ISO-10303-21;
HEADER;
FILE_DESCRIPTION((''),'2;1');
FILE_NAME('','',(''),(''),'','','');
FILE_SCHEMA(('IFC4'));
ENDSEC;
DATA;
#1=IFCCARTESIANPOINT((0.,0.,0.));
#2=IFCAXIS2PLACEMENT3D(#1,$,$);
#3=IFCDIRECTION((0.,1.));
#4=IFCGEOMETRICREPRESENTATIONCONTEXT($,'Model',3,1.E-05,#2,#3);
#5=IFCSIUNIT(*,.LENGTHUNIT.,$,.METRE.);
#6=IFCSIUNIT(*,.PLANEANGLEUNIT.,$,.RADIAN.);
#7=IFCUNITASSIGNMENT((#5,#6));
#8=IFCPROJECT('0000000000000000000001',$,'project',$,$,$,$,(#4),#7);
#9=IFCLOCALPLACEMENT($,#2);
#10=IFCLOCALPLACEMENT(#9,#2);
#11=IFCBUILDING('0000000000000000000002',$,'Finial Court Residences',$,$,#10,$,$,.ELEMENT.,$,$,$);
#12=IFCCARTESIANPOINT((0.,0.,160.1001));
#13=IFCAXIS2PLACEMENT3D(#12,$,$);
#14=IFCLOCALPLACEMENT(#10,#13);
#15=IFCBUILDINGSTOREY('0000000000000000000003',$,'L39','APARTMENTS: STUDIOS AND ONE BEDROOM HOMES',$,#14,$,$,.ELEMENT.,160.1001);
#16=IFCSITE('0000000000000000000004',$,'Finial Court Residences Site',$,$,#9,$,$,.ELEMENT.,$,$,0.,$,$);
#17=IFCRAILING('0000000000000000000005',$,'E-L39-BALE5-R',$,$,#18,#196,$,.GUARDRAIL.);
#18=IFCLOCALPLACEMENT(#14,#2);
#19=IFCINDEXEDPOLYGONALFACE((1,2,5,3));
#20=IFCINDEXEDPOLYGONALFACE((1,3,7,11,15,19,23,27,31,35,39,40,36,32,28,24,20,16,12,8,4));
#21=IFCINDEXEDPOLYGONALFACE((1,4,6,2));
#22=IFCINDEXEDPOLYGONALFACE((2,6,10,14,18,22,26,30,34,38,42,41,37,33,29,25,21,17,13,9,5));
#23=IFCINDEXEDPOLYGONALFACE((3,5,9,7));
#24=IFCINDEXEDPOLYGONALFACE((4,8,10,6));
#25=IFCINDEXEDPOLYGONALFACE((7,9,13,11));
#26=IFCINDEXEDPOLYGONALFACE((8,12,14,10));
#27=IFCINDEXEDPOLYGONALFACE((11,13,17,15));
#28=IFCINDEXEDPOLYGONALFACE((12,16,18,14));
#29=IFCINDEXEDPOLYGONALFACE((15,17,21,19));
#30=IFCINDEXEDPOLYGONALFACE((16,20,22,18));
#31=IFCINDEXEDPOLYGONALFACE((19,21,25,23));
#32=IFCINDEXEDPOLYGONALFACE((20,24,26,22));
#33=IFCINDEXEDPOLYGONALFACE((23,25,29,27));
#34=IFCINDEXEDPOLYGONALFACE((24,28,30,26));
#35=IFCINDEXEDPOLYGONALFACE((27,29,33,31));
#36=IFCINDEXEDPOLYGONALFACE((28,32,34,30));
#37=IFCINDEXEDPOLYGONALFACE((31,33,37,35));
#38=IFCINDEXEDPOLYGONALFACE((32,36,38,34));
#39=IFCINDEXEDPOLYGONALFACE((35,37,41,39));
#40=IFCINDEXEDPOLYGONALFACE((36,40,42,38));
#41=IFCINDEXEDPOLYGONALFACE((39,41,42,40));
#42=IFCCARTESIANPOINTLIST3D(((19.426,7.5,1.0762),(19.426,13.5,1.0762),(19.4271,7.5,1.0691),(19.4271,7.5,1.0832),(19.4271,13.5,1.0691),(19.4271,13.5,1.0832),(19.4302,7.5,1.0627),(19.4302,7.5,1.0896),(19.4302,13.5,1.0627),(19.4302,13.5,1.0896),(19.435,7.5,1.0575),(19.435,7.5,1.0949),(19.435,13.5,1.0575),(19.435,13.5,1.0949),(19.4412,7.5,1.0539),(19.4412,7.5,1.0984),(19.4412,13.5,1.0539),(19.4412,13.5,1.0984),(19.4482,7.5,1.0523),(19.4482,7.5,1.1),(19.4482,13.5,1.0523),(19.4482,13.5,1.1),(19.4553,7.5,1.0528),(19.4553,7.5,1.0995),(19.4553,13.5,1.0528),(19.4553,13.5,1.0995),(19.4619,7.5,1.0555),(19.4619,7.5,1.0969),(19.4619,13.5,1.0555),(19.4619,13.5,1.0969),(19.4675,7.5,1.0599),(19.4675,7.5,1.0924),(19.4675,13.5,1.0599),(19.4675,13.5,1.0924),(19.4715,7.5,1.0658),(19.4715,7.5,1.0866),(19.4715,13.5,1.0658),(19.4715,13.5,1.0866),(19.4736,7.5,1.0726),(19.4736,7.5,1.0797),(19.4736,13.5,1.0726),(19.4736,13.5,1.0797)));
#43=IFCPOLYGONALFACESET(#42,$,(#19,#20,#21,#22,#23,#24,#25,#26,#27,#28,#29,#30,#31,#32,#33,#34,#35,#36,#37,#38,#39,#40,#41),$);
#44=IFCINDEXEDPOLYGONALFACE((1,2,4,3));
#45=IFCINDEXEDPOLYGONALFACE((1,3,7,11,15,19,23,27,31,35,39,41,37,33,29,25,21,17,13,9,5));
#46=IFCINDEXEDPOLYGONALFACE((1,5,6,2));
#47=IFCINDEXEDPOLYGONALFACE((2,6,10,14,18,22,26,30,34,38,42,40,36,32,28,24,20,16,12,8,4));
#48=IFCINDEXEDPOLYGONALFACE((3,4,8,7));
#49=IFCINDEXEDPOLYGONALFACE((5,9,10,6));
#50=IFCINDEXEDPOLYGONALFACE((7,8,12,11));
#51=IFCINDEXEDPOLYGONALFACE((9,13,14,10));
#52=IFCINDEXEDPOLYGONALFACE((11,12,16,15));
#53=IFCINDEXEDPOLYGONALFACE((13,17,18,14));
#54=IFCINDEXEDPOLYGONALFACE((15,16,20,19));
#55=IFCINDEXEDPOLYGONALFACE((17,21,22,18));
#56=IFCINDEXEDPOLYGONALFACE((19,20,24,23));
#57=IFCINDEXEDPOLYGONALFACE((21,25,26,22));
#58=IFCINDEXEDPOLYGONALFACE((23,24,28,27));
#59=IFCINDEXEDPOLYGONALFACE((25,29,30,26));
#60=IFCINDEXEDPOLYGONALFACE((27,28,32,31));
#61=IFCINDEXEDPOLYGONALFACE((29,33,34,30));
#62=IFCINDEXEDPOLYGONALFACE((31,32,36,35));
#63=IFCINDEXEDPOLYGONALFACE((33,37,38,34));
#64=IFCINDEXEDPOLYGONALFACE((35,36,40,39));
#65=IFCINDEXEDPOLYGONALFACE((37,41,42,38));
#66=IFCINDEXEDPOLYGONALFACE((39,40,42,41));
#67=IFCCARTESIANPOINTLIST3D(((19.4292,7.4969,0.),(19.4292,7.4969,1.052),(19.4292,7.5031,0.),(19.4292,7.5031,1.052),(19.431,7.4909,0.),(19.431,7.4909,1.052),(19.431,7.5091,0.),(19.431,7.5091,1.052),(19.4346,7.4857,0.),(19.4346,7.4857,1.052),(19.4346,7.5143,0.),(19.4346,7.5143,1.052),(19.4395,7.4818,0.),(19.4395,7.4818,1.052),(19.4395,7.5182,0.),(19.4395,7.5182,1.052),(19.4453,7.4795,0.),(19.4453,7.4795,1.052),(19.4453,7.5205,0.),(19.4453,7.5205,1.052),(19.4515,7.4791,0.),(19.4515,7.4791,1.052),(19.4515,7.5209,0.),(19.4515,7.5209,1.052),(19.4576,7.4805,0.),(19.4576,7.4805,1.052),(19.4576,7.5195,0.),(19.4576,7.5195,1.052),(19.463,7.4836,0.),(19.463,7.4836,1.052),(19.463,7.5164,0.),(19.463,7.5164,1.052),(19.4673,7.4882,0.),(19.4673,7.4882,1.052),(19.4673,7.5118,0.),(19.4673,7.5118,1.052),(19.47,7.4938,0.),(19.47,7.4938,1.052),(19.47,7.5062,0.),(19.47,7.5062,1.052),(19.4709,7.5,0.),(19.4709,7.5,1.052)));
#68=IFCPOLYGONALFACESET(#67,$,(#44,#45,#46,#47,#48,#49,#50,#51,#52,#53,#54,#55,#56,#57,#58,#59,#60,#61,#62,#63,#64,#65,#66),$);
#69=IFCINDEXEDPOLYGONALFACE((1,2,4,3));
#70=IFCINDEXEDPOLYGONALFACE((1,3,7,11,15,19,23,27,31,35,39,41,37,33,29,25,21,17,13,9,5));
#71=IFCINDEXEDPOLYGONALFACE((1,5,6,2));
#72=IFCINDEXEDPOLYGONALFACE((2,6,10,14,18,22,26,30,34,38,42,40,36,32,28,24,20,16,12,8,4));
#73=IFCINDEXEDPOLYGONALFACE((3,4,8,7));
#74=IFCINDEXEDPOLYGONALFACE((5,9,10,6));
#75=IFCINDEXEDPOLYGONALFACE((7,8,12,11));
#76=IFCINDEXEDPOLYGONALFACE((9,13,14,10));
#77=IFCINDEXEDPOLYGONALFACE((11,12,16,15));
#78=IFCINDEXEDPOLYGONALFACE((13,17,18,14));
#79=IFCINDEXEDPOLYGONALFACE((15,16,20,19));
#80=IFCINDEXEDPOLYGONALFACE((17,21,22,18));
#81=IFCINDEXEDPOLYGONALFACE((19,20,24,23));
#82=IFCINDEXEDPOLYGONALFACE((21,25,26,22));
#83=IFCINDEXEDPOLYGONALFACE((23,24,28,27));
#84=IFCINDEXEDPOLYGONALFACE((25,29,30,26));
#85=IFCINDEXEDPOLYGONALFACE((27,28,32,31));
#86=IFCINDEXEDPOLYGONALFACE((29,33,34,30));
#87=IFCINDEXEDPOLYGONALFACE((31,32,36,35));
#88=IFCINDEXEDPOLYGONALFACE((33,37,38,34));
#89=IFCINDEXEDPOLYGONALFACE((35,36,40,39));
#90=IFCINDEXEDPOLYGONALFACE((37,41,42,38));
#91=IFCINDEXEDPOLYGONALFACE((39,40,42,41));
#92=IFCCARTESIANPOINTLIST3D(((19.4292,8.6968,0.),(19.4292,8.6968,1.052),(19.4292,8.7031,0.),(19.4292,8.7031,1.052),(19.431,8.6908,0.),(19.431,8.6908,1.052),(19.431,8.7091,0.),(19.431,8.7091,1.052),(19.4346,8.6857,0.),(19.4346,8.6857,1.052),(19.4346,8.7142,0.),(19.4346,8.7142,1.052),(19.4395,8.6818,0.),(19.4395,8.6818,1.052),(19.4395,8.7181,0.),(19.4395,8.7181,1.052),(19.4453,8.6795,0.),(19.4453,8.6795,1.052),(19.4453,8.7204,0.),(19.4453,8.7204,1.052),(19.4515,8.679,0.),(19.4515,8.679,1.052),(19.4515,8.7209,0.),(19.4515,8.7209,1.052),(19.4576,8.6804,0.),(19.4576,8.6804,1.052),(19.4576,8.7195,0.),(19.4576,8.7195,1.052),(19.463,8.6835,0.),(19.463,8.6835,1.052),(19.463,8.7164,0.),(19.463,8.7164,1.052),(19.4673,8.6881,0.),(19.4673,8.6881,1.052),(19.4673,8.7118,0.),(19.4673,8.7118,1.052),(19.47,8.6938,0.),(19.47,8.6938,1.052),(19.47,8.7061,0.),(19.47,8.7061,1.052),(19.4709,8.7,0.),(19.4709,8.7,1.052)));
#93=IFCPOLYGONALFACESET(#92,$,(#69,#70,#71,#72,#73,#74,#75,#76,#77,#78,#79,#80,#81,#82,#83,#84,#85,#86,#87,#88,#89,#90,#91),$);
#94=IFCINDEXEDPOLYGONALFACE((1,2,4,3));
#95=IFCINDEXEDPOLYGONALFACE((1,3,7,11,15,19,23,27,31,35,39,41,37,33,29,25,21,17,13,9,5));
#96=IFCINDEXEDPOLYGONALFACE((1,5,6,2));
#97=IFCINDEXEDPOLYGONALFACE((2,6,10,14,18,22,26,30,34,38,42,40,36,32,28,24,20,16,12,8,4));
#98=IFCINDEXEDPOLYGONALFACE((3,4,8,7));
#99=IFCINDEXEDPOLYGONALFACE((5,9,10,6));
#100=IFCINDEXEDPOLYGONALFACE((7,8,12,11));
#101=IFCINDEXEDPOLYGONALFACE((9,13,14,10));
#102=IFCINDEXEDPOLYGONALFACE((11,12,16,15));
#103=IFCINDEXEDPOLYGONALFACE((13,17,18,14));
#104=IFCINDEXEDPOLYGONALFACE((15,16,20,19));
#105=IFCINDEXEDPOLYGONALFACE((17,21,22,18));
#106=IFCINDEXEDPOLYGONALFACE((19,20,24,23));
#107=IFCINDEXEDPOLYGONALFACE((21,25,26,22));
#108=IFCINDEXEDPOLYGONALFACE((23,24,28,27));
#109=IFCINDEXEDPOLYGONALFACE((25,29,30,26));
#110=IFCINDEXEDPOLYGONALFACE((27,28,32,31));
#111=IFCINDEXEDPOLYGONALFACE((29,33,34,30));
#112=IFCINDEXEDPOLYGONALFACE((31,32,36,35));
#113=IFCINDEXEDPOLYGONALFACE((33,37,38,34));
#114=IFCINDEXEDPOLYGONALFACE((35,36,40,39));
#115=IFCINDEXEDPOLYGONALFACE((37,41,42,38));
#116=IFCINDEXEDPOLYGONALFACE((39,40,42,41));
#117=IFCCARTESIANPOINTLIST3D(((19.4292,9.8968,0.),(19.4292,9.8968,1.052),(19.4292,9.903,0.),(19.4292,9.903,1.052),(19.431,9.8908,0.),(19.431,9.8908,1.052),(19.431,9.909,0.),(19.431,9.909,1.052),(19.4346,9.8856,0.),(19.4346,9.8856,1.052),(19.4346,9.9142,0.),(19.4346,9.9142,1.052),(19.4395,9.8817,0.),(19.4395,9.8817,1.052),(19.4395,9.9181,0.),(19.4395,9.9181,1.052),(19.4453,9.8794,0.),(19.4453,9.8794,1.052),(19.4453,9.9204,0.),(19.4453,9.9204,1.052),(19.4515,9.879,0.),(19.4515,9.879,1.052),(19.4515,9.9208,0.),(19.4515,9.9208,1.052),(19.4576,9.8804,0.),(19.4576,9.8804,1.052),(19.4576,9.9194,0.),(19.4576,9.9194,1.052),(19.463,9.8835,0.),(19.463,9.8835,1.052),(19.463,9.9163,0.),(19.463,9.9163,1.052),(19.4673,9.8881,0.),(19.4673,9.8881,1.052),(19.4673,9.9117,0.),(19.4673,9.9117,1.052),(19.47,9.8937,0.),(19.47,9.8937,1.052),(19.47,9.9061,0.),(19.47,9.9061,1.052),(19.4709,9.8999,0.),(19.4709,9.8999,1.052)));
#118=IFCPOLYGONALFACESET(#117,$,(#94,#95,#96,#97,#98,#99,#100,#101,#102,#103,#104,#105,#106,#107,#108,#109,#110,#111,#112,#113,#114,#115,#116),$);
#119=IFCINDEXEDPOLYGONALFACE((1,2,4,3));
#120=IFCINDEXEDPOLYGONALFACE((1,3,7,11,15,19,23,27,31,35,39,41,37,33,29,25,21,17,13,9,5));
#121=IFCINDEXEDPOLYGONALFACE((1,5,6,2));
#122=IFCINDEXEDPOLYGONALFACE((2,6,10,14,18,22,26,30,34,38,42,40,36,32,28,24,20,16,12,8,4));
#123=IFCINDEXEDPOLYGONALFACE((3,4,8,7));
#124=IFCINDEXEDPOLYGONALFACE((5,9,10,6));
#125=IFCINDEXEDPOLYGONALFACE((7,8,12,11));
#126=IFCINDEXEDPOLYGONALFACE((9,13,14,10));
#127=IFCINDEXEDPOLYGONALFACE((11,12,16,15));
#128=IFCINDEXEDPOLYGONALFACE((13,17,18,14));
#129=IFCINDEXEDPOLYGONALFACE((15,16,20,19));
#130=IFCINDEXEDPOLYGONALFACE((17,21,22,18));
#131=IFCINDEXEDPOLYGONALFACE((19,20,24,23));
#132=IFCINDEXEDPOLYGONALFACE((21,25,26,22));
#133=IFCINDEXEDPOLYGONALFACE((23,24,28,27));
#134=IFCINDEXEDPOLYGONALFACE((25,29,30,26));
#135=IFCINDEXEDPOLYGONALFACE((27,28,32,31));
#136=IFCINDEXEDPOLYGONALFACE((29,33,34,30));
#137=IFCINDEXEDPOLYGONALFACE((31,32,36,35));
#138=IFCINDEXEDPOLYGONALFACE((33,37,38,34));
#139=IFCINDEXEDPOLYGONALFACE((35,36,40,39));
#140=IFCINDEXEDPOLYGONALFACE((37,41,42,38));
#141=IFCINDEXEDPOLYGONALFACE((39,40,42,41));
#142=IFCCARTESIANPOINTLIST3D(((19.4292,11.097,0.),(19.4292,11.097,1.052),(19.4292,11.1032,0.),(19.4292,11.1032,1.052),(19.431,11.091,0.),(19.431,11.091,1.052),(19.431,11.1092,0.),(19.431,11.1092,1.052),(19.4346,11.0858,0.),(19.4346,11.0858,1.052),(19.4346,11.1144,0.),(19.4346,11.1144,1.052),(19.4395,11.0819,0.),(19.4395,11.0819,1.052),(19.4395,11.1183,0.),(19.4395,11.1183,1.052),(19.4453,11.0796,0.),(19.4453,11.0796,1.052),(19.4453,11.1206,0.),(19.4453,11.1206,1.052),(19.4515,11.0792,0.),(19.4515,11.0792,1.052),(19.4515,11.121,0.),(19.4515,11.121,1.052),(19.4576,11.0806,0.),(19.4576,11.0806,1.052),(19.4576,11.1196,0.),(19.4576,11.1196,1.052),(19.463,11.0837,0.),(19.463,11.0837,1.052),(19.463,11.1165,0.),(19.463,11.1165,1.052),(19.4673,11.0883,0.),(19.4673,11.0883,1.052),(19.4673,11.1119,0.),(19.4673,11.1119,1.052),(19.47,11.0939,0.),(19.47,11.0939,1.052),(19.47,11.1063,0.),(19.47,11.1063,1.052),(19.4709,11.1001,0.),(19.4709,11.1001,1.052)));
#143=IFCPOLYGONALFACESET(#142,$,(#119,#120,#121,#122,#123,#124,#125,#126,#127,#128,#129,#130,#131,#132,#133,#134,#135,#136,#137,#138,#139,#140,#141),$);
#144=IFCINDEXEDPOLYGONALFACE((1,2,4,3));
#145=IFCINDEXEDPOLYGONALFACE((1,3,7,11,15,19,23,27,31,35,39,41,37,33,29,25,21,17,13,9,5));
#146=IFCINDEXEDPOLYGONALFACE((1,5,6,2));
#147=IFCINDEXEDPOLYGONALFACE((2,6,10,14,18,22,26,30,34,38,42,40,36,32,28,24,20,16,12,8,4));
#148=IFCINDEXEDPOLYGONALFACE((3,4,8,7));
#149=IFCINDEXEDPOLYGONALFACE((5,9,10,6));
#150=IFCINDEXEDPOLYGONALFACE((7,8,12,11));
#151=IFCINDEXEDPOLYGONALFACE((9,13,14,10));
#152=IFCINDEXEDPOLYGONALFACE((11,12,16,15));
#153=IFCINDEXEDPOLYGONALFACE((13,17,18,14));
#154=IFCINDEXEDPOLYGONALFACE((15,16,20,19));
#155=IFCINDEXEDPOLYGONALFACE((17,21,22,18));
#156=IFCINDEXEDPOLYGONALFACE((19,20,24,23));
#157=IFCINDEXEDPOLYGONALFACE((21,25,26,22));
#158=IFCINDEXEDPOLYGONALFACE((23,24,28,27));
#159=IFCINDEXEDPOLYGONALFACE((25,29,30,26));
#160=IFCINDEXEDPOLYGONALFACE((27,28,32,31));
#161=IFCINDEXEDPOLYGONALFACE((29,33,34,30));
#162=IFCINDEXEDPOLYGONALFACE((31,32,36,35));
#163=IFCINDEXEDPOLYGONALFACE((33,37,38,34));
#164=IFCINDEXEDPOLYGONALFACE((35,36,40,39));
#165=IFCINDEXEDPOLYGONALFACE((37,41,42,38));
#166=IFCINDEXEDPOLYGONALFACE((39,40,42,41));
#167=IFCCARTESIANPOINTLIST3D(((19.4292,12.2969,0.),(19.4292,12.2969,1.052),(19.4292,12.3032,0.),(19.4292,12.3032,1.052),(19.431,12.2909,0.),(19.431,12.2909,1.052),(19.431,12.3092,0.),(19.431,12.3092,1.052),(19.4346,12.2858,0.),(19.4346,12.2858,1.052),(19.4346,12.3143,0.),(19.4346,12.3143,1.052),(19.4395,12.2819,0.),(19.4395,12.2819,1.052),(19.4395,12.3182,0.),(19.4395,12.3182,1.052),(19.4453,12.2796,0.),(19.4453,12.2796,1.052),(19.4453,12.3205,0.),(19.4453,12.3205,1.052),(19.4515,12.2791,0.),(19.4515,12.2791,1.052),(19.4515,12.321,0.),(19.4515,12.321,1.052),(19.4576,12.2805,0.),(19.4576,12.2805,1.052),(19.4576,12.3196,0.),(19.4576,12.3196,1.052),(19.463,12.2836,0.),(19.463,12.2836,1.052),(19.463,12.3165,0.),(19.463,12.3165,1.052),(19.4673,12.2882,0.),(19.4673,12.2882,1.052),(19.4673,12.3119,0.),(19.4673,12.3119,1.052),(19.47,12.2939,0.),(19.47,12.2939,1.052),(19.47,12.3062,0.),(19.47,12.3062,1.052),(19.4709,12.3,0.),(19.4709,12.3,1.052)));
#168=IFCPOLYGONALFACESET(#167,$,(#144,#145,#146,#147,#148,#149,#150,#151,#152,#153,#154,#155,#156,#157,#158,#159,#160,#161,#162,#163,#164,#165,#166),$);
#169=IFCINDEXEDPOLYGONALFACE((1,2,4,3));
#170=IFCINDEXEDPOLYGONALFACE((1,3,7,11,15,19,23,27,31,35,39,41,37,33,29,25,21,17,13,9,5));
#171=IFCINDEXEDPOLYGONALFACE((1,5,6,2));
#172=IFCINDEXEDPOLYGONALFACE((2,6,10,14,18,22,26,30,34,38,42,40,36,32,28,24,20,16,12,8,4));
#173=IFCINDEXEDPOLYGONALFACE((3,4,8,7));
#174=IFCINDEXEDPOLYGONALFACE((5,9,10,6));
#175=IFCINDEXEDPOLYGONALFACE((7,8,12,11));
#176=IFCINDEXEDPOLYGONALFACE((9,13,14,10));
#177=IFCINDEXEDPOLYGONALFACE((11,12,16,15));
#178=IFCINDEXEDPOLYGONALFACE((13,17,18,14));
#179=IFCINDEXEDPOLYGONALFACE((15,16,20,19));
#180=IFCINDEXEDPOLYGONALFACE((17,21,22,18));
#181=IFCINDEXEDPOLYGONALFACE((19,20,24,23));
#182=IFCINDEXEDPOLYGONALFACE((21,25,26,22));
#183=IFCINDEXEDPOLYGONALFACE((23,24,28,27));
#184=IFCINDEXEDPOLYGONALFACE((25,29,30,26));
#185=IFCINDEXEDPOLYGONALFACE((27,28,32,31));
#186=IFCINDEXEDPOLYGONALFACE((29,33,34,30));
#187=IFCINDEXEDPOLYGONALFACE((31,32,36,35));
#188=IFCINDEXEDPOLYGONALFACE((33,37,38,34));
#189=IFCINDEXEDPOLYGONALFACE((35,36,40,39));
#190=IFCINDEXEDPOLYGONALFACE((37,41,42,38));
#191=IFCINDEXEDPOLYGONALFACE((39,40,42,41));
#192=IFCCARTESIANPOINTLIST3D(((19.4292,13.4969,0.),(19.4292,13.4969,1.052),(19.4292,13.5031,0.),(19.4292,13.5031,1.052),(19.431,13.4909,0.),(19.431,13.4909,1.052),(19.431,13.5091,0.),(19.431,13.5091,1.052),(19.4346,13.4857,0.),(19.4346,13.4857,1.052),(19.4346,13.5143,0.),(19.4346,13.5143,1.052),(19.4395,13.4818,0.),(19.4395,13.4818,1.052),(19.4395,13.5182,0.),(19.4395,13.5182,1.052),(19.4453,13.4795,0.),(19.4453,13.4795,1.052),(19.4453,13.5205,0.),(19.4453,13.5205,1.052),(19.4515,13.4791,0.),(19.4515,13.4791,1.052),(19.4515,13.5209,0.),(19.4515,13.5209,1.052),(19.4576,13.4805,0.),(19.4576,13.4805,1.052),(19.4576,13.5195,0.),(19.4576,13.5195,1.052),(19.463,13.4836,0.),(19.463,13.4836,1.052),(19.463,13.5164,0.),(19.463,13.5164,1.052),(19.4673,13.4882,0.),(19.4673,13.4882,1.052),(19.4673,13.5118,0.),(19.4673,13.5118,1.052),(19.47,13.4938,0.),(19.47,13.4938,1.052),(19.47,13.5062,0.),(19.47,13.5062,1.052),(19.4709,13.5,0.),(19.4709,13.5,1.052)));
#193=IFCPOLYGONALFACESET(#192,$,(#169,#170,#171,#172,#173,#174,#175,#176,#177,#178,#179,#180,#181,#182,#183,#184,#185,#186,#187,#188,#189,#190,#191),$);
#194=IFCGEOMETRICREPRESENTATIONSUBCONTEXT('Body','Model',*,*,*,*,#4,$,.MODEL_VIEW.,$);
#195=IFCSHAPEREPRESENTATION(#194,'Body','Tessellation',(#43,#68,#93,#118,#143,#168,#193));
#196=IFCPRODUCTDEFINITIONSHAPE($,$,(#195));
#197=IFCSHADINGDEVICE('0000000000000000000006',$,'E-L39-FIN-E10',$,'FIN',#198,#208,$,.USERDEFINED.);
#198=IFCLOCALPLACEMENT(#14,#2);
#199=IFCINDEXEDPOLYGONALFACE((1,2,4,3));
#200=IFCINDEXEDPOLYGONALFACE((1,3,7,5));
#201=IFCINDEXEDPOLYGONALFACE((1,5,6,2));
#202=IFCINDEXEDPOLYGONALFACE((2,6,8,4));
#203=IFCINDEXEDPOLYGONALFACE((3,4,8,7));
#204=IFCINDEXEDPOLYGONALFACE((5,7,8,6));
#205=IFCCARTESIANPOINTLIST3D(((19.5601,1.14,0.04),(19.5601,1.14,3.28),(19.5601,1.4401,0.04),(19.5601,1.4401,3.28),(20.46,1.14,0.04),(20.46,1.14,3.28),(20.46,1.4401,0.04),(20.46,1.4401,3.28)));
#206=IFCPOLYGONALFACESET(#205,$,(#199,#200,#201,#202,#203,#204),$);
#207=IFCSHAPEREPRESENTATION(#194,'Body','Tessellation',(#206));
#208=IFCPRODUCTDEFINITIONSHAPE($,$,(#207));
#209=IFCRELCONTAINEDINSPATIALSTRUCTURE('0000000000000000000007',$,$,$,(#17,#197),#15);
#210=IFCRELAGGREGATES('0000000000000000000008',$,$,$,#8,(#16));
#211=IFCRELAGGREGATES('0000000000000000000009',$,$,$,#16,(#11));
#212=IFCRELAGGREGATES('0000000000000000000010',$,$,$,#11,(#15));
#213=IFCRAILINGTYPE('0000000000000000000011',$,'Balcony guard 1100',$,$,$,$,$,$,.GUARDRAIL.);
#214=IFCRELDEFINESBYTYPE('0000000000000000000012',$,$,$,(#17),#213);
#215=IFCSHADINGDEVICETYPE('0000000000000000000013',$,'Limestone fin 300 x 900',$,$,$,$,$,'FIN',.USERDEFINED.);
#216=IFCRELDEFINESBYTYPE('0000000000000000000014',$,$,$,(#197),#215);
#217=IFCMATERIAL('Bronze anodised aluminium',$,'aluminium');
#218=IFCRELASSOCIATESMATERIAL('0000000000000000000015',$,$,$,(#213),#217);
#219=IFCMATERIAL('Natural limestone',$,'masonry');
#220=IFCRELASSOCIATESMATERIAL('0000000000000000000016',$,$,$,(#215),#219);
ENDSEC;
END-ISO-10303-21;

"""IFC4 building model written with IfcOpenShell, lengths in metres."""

from ifc_helpers import new_model, si_unit, direction, frame, origin, origin_2d, place, context, subcontext, project, spatial, rectangle, circle, extrude, material, type_object, element, save


model = new_model("IFC4")

# Units and contexts
model_context = context("Model", 3, precision=1e-05, world=origin(), true_north=direction((0.0, 1.0)))
body_context = subcontext(model_context, "Body", "Model", "MODEL_VIEW")
ifc_project = project(units=[si_unit("LENGTHUNIT", "METRE"), si_unit("PLANEANGLEUNIT", "RADIAN")], contexts=[model_context])

# Site, building, storey
site_placement = place(None, origin())
site = spatial("IfcSite", under=ifc_project, at=site_placement, Name="Finial Court Residences Site", CompositionType="ELEMENT", RefElevation=0.0)
building_placement = place(site_placement, origin())
building = spatial("IfcBuilding", under=site, at=building_placement, Name="Finial Court Residences", CompositionType="ELEMENT")
storey_placement = place(building_placement, frame((0.0, 0.0, 160.1001)))
storey = spatial("IfcBuildingStorey", under=building, at=storey_placement, Name="L39", Description="APARTMENTS: STUDIOS AND ONE BEDROOM HOMES", CompositionType="ELEMENT", Elevation=160.1001)

# Shared definitions
ifc_material_1 = material(Name="Bronze anodised aluminium", Category="aluminium")

# Shared definitions
ifc_material_2 = material(Name="Natural limestone", Category="masonry")

# Railing
railing_type = type_object("IfcRailingType", Name="Balcony guard 1100", PredefinedType="GUARDRAIL", material=ifc_material_1)
railing_placement = place(storey_placement, frame((19.45, 7.5, 0.0)))
element("IfcRailing", 1, at=railing_placement, inside=storey, type_object=railing_type, Name="E-L39-BALE5-R", PredefinedType="GUARDRAIL", context=body_context, shape_type="SweptSolid", body=[
    extrude(circle(Radius=0.0239, at=origin_2d()), frame((0.0, 0.0, 1.0762), z_axis=(0.0, 1.0, 0.0), x_axis=(-1.0, 0.0, 0.0)), (0.0, 0.0, 1.0), 6.0),
    extrude(circle(Radius=0.021, at=origin_2d()), origin(), (0.0, 0.0, 1.0), 1.052),
    extrude(circle(Radius=0.021, at=origin_2d()), frame((0.0, 1.2, 0.0)), (0.0, 0.0, 1.0), 1.052),
    extrude(circle(Radius=0.021, at=origin_2d()), frame((0.0, 2.3999, 0.0)), (0.0, 0.0, 1.0), 1.052),
    extrude(circle(Radius=0.021, at=origin_2d()), frame((0.0, 3.6001, 0.0)), (0.0, 0.0, 1.0), 1.052),
    extrude(circle(Radius=0.021, at=origin_2d()), frame((0.0, 4.8, 0.0)), (0.0, 0.0, 1.0), 1.052),
    extrude(circle(Radius=0.021, at=origin_2d()), frame((0.0, 6.0, 0.0)), (0.0, 0.0, 1.0), 1.052),
])

# Shading device
shading_device_type = type_object("IfcShadingDeviceType", Name="Limestone fin 300 x 900", ElementType="FIN", PredefinedType="USERDEFINED", material=ifc_material_2)
shading_device_1_placement = place(storey_placement, frame((20.01, 1.29, 0.04), z_axis=(0.0, 0.0, 1.0), x_axis=(1.0, 0.0, 0.0)))
element("IfcShadingDevice", 2, at=shading_device_1_placement, inside=storey, type_object=shading_device_type, Name="E-L39-FIN-E10", ObjectType="FIN", PredefinedType="USERDEFINED", context=body_context, shape_type="SweptSolid", body=[
    extrude(rectangle(XDim=0.8999, YDim=0.3, at=origin_2d()), origin(), (0.0, 0.0, 1.0), 3.24),
])

save(model, "model.ifc")
